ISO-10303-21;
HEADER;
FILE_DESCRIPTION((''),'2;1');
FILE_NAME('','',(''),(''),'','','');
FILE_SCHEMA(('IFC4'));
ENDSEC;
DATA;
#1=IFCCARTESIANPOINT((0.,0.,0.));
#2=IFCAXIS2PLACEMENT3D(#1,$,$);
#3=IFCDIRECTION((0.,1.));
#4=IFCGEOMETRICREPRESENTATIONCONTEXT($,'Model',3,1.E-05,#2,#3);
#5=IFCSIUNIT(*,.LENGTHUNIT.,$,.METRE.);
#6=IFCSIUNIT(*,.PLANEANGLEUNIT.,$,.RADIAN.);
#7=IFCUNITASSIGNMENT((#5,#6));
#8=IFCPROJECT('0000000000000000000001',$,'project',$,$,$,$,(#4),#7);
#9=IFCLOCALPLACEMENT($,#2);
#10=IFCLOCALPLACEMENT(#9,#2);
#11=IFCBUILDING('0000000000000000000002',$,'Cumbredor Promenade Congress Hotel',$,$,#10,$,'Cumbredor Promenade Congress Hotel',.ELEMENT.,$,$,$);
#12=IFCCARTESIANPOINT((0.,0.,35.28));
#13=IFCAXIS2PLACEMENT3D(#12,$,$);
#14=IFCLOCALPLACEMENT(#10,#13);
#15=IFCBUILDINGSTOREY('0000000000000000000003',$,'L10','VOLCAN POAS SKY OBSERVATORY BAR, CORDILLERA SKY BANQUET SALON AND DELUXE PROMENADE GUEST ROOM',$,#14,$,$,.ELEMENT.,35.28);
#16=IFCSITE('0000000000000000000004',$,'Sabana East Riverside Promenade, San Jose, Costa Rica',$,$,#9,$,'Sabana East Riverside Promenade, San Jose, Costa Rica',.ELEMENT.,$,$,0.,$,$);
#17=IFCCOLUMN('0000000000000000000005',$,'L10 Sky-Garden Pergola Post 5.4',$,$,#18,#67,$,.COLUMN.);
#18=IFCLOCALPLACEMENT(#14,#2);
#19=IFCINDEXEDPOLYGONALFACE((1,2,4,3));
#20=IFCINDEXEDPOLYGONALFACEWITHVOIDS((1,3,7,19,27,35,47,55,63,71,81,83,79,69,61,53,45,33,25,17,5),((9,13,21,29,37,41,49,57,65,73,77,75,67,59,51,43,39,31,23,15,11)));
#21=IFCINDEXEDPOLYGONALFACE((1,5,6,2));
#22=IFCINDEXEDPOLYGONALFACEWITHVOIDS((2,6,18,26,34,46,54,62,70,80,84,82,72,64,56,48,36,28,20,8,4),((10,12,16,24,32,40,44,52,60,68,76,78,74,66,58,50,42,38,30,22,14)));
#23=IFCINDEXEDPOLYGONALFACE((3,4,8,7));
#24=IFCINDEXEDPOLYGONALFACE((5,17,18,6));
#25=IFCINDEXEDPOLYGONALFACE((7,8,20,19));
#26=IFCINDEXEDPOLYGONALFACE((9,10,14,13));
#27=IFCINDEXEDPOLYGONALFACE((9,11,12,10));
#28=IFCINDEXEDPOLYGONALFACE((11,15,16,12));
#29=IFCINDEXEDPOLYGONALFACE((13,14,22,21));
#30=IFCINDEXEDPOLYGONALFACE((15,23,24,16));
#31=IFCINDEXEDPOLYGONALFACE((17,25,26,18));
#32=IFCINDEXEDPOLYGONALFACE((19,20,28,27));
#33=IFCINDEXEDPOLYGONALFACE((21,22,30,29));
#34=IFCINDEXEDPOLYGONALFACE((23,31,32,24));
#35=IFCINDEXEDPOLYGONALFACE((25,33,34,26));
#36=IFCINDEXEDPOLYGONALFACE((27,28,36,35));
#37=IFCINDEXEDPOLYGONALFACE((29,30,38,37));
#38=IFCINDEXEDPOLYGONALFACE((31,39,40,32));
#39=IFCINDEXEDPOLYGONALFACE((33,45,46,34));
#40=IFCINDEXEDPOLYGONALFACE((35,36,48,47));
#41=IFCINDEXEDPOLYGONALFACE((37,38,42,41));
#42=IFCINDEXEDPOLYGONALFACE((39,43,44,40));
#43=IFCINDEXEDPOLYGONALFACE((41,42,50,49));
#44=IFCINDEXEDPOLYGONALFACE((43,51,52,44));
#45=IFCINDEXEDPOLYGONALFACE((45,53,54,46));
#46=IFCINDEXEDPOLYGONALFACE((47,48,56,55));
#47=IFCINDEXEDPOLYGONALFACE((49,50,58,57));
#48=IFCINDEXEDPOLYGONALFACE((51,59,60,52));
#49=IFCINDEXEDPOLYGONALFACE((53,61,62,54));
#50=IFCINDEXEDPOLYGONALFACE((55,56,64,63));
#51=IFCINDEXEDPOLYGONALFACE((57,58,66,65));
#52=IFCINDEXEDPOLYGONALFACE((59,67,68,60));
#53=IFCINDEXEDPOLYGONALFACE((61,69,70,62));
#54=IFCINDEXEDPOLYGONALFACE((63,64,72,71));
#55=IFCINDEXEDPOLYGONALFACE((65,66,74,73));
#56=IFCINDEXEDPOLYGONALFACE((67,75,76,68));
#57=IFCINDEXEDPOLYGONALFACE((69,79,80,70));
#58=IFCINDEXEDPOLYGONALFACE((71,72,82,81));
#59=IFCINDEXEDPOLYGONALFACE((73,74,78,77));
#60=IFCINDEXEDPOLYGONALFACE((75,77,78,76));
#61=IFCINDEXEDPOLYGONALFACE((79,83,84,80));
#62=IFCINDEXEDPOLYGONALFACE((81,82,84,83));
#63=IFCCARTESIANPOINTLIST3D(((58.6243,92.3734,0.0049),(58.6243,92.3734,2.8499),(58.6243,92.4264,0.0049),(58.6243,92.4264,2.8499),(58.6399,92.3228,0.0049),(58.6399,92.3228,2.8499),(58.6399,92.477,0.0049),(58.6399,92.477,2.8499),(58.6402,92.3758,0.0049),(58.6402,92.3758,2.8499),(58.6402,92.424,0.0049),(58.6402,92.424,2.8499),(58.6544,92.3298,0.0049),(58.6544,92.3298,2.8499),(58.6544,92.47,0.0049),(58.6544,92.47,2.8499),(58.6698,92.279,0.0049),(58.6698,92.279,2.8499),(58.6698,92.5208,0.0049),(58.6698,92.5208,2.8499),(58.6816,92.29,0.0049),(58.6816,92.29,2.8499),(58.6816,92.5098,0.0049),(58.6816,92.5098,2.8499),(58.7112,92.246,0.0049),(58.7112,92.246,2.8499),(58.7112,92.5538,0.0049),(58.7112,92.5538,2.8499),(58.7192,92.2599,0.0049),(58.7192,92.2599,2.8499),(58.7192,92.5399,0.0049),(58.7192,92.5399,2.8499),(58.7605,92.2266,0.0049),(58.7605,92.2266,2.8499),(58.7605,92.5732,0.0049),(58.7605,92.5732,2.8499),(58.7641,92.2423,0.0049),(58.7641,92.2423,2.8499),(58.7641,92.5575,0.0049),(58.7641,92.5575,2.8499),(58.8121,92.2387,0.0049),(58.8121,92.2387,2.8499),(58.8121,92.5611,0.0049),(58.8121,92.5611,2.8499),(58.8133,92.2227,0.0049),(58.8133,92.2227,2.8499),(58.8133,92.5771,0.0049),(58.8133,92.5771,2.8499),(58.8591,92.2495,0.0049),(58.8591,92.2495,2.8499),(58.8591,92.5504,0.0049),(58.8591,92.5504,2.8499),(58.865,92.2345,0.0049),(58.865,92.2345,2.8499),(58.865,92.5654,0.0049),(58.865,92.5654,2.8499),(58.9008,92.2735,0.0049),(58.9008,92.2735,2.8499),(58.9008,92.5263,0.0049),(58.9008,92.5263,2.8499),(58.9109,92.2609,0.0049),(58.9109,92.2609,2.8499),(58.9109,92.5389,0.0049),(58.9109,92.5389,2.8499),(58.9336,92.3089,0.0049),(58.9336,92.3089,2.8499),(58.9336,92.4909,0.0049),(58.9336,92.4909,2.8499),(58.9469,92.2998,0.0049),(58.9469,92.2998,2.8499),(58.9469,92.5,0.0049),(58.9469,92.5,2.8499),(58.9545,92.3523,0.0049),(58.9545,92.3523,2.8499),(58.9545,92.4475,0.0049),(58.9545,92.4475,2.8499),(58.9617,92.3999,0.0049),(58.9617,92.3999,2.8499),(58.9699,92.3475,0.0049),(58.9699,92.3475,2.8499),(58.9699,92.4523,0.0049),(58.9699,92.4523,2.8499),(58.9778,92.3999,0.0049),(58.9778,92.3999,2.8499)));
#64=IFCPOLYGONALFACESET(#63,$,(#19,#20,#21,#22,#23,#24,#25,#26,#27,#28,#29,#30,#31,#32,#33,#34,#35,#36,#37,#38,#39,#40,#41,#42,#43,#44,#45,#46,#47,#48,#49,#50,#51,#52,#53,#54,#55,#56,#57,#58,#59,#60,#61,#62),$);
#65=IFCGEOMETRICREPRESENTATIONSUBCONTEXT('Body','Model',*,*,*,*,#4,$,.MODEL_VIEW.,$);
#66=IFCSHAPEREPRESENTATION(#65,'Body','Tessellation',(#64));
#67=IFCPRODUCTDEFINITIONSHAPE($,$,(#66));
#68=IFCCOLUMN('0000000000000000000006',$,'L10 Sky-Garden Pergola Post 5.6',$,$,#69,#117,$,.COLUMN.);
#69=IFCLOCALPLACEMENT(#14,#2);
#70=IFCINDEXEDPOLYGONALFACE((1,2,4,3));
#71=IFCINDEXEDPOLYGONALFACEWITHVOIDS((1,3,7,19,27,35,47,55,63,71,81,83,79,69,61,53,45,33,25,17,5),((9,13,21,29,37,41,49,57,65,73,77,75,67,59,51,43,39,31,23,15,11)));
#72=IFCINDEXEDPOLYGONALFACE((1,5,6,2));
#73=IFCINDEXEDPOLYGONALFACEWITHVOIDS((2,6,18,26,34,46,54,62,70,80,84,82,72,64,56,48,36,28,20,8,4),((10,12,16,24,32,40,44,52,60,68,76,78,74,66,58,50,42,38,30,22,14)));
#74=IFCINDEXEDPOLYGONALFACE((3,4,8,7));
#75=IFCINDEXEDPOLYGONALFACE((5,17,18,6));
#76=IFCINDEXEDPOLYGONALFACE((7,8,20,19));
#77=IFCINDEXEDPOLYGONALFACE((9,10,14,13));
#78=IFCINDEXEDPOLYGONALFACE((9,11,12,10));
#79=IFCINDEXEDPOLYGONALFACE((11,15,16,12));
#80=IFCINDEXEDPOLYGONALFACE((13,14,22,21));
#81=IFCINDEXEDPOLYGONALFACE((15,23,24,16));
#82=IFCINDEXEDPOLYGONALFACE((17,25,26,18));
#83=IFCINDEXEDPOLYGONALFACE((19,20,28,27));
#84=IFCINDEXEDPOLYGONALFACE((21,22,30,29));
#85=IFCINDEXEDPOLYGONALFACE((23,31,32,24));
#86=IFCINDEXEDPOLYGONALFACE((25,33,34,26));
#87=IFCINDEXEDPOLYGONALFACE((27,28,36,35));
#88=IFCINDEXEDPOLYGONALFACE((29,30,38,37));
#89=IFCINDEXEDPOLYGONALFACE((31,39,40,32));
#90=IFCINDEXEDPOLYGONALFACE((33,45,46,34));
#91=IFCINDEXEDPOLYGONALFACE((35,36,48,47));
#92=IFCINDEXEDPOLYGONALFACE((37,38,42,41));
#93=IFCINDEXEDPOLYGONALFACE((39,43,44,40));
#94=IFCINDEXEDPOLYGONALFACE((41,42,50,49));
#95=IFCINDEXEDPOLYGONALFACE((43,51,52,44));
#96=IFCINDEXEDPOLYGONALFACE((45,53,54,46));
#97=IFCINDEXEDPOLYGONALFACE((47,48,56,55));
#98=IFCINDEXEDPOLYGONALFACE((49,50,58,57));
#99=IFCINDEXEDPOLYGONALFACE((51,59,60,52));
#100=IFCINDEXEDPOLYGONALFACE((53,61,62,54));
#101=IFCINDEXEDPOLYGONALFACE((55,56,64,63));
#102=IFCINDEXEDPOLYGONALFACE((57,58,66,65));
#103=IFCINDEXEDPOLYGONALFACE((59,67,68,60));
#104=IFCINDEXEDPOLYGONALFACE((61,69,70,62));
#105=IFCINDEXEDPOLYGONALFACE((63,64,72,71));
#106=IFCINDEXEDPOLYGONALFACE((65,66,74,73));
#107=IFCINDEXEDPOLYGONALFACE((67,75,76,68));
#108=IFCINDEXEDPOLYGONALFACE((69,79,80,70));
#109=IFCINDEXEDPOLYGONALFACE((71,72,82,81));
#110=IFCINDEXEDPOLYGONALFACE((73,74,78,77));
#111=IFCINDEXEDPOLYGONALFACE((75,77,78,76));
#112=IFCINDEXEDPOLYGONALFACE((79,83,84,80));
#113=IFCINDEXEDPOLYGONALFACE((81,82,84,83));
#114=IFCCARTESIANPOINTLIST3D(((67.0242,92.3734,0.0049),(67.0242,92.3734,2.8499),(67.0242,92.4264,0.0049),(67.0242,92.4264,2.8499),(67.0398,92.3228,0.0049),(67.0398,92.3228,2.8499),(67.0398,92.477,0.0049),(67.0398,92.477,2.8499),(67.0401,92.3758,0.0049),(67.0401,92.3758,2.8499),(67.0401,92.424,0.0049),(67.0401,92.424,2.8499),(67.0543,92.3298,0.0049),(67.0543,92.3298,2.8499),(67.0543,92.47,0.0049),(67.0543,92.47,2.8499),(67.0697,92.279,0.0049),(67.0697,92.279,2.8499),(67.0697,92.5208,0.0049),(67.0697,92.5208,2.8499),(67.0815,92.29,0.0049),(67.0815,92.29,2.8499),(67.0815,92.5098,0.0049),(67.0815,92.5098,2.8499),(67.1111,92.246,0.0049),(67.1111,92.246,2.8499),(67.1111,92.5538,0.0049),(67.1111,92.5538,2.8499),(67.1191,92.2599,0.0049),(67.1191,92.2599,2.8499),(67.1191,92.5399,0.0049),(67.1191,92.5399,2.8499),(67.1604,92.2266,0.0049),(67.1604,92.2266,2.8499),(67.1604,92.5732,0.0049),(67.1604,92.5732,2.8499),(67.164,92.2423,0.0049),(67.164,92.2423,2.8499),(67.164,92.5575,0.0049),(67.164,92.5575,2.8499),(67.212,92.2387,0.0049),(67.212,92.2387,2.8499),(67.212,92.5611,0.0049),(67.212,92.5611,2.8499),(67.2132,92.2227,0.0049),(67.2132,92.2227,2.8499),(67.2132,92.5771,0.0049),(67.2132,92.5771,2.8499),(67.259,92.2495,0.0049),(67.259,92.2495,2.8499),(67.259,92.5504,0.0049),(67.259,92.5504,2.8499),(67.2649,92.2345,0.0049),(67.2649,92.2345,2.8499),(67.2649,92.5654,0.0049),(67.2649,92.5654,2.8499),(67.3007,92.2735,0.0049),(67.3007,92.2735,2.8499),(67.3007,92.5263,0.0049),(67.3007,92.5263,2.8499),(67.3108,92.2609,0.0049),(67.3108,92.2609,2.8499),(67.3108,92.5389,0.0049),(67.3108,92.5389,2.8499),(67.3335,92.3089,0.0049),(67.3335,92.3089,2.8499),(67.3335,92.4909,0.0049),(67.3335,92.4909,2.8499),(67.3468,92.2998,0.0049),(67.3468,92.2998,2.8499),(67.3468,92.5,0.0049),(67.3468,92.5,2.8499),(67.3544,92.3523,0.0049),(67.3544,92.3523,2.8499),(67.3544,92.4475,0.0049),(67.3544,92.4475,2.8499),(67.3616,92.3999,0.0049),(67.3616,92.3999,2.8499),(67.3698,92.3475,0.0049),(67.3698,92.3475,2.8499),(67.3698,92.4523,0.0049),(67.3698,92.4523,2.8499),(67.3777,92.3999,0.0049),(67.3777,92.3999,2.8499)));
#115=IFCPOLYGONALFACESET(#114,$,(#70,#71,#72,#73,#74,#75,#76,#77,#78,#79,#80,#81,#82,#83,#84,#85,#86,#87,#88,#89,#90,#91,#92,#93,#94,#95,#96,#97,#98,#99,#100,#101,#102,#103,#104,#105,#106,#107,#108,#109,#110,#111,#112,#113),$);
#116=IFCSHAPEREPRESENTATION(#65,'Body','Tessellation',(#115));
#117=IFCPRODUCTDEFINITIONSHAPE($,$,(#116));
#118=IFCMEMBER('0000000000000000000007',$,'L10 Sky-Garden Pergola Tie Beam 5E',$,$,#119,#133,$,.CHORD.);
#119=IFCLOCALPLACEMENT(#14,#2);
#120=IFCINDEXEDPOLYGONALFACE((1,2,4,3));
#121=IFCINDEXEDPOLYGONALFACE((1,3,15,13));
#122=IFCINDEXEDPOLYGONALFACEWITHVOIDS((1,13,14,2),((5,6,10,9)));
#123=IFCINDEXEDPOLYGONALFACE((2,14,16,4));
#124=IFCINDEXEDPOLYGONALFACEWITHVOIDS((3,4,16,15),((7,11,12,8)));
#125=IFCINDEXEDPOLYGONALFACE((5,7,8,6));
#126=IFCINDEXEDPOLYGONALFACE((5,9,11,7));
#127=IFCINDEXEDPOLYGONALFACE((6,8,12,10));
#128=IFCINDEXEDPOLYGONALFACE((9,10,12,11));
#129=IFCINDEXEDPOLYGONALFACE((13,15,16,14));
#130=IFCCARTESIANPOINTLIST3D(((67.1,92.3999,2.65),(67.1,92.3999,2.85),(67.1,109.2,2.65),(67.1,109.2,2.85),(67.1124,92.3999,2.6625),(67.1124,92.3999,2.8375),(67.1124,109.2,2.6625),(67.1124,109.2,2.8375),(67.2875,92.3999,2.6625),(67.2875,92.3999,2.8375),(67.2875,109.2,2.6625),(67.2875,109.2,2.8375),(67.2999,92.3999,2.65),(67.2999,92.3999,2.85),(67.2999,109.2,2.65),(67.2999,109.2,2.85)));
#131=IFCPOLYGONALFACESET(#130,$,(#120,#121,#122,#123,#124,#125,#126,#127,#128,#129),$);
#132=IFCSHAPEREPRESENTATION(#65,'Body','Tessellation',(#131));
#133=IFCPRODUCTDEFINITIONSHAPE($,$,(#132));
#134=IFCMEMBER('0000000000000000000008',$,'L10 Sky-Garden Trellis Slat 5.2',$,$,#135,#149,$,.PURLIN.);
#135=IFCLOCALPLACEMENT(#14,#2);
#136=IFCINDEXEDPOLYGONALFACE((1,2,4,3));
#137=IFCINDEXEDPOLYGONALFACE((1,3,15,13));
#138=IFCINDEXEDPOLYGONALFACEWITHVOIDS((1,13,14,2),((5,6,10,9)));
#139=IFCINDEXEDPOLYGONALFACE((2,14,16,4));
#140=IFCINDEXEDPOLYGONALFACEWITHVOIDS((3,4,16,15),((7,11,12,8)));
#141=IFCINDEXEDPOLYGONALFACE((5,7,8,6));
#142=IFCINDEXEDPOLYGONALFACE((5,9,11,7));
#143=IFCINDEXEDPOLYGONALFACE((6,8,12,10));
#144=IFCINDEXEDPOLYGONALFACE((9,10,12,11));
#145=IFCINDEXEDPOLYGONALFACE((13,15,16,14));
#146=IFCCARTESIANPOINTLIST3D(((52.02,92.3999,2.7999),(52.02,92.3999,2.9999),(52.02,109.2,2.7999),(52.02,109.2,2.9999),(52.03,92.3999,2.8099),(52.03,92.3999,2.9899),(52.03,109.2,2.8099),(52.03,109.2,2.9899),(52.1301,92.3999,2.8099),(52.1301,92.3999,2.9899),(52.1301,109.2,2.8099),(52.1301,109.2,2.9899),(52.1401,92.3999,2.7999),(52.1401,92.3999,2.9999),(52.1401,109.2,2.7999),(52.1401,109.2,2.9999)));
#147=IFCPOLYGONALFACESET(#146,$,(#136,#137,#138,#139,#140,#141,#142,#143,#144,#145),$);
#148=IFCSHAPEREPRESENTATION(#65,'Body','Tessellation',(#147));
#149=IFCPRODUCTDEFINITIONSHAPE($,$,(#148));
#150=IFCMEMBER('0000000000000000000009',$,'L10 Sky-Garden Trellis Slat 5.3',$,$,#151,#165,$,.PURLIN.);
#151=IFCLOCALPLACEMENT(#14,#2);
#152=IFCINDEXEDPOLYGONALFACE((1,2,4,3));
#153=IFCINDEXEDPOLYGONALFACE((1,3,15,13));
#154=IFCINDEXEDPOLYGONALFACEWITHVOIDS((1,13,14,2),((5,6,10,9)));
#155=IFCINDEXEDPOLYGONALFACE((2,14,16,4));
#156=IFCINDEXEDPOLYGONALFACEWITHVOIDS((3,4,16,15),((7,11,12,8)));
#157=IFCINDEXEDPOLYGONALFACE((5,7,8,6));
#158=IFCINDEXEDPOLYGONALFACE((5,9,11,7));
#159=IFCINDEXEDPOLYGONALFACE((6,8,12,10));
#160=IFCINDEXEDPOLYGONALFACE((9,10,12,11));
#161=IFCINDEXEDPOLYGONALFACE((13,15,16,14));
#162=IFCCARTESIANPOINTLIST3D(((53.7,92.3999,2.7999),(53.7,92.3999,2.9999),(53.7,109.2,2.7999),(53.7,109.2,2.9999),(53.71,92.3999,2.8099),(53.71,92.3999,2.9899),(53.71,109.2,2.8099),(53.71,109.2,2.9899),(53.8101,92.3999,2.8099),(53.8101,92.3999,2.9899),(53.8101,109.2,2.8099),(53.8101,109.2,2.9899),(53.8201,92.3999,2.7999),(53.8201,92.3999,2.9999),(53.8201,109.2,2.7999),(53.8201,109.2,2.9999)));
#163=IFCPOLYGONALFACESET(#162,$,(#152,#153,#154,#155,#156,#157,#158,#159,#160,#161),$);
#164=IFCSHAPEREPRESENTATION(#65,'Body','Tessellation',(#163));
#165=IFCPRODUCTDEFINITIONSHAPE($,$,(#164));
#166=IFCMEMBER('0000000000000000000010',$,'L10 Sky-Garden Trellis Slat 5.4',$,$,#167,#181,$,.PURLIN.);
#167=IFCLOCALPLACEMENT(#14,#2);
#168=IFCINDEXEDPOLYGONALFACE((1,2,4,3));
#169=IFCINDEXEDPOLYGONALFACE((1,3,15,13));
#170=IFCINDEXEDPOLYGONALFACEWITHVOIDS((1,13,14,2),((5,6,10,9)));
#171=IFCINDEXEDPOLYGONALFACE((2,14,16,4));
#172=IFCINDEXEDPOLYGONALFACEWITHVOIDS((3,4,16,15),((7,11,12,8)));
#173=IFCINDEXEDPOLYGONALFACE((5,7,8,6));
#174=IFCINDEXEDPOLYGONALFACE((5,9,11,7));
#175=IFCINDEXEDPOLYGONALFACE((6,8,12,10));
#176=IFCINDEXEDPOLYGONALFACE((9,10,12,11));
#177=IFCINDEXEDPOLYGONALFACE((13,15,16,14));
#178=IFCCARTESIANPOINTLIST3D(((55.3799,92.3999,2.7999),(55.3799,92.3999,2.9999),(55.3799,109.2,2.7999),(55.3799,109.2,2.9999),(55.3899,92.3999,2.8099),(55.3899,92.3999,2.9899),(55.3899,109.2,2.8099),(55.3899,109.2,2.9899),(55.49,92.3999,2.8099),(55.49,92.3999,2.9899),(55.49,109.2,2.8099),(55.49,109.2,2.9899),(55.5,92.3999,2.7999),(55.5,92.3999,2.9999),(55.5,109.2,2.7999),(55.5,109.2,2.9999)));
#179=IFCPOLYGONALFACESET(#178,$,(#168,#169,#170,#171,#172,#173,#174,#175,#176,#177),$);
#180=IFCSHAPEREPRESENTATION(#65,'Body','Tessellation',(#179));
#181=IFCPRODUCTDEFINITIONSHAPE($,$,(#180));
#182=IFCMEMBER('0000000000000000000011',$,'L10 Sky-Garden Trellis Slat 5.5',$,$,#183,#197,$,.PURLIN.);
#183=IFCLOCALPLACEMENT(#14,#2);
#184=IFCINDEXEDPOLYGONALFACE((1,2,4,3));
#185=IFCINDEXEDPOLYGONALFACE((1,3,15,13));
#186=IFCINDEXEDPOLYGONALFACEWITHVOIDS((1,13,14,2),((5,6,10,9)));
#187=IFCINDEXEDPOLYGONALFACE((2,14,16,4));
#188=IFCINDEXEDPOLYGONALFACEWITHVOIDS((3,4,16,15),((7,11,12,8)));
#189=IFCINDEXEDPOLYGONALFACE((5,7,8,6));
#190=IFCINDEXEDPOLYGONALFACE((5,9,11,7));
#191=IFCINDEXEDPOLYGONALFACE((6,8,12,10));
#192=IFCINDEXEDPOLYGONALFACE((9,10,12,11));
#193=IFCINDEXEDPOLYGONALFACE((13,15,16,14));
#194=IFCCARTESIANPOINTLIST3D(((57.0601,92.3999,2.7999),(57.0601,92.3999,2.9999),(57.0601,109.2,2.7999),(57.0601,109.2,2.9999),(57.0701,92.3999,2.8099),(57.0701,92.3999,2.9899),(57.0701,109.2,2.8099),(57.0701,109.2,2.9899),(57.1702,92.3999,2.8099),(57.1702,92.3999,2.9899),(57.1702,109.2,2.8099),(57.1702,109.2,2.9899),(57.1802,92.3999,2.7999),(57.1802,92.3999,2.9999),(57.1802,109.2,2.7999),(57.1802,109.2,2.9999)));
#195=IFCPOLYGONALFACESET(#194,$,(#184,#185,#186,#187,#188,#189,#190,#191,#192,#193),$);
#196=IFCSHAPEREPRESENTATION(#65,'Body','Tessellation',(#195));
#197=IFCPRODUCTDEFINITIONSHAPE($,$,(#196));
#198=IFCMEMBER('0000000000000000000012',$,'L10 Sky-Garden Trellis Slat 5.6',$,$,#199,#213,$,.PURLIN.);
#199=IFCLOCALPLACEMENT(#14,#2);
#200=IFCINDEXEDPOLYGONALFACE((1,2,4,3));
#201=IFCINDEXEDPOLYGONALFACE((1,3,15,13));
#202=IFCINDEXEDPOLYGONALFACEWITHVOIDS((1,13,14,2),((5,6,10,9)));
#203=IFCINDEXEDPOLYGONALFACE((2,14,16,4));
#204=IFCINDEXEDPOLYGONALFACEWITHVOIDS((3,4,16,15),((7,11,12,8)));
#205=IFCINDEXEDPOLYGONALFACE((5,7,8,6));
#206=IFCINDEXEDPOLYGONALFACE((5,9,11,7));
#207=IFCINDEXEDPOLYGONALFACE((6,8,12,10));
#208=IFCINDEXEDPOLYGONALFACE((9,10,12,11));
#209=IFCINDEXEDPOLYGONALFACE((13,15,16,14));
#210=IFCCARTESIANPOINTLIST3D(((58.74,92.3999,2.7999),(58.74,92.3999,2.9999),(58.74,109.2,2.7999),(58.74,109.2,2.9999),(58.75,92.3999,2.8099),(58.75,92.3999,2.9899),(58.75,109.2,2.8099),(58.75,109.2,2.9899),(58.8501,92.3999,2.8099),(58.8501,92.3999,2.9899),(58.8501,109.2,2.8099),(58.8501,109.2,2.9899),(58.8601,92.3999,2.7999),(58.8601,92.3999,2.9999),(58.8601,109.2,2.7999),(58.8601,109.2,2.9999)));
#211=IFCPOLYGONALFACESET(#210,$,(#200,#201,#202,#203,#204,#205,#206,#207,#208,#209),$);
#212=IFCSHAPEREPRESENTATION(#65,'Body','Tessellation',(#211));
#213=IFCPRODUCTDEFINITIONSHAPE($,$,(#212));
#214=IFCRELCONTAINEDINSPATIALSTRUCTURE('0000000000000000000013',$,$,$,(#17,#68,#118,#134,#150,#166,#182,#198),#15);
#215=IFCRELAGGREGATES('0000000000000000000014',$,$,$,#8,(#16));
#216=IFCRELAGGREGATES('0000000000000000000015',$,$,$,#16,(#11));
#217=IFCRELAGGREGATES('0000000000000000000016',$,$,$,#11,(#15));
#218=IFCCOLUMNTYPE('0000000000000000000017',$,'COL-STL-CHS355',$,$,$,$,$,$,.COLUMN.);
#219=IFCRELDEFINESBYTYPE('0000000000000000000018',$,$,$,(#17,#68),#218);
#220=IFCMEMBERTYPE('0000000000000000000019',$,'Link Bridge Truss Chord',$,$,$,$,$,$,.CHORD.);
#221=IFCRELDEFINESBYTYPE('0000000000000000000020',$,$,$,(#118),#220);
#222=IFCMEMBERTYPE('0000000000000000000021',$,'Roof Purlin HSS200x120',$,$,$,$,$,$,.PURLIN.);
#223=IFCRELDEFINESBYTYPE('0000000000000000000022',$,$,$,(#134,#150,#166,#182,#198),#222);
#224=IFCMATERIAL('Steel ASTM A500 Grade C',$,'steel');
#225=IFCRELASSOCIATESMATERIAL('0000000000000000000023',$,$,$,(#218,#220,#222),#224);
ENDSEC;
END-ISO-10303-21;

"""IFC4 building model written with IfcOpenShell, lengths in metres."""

from ifc_helpers import new_model, si_unit, direction, frame, origin, origin_2d, place, context, subcontext, project, spatial, hollow_rectangle, hollow_circle, extrude, material, material_profile, profile_set, type_object, element, save


model = new_model("IFC4")

# Units and contexts
model_context = context("Model", 3, precision=1e-05, world=origin(), true_north=direction((0.0, 1.0)))
body_context = subcontext(model_context, "Body", "Model", "MODEL_VIEW")
ifc_project = project(units=[si_unit("LENGTHUNIT", "METRE"), si_unit("PLANEANGLEUNIT", "RADIAN")], contexts=[model_context])

# Site, building, storey
site_placement = place(None, origin())
site = spatial("IfcSite", under=ifc_project, at=site_placement, Name="Sabana East Riverside Promenade, San Jose, Costa Rica", LongName="Sabana East Riverside Promenade, San Jose, Costa Rica", CompositionType="ELEMENT", RefElevation=0.0)
building_placement = place(site_placement, origin())
building = spatial("IfcBuilding", under=site, at=building_placement, Name="Cumbredor Promenade Congress Hotel", LongName="Cumbredor Promenade Congress Hotel", CompositionType="ELEMENT")
storey_placement = place(building_placement, frame((0.0, 0.0, 35.28)))
storey = spatial("IfcBuildingStorey", under=building, at=storey_placement, Name="L10", Description="VOLCAN POAS SKY OBSERVATORY BAR, CORDILLERA SKY BANQUET SALON AND DELUXE PROMENADE GUEST ROOM", CompositionType="ELEMENT", Elevation=35.28)

# Columns
ifc_material_1 = material(Name="Steel ASTM A500 Grade C", Category="steel")
ifc_material_profile_1 = material_profile(ifc_material_1, hollow_circle(Radius=0.1777, WallThickness=0.0161, at=origin_2d()), Name="CHS 355.6x16")
ifc_profile_set_1 = profile_set([ifc_material_profile_1], Name="Steel ASTM A500 Grade C")
column_type = type_object("IfcColumnType", Name="COL-STL-CHS355", PredefinedType="COLUMN", material=ifc_profile_set_1)
for number, where, z_axis, x_axis, name in (
    (1, (58.8, 92.3999, 0.0049), (0.0, 0.0, 1.0), (1.0, 0.0, 0.0), "L10 Sky-Garden Pergola Post 5.4"),
    (2, (67.2, 92.3999, 0.0049), (0.0, 0.0, 1.0), (1.0, 0.0, 0.0), "L10 Sky-Garden Pergola Post 5.6"),
):
    element("IfcColumn", number, at=place(storey_placement, frame(where, z_axis=z_axis, x_axis=x_axis)), inside=storey, type_object=column_type, Name=name, PredefinedType="COLUMN", context=body_context, shape_type="SweptSolid", body=[
        extrude(hollow_circle(Radius=0.1777, WallThickness=0.0161, at=origin_2d()), origin(), (0.0, 0.0, 1.0), 2.845),
    ])

# Members
ifc_material_profile_2 = material_profile(ifc_material_1, hollow_rectangle(XDim=0.2, YDim=0.2, WallThickness=0.0125, at=origin_2d()), Name="HSS 200x200x12.5")
ifc_profile_set_2 = profile_set([ifc_material_profile_2], Name="Steel ASTM A500 Grade C")
member_type_1 = type_object("IfcMemberType", Name="Link Bridge Truss Chord", PredefinedType="CHORD", material=ifc_profile_set_2)
member_1_placement = place(storey_placement, frame((67.2, 92.3999, 2.75), z_axis=(0.0, 1.0, 0.0), x_axis=(-1.0, 0.0, 0.0)))
element("IfcMember", 3, at=member_1_placement, inside=storey, type_object=member_type_1, Name="L10 Sky-Garden Pergola Tie Beam 5E", PredefinedType="CHORD", context=body_context, shape_type="SweptSolid", body=[
    extrude(hollow_rectangle(XDim=0.2, YDim=0.2, WallThickness=0.0125, at=origin_2d()), origin(), (0.0, 0.0, 1.0), 16.8),
])
ifc_material_profile_3 = material_profile(ifc_material_1, hollow_rectangle(XDim=0.1201, YDim=0.2, WallThickness=0.01, at=origin_2d()), Name="HSS 200x120x10")
ifc_profile_set_3 = profile_set([ifc_material_profile_3], Name="Steel ASTM A500 Grade C")
member_type_2 = type_object("IfcMemberType", Name="Roof Purlin HSS200x120", PredefinedType="PURLIN", material=ifc_profile_set_3)
for number, where, z_axis, x_axis, name in (
    (4, (52.0801, 92.3999, 2.8999), (0.0, 1.0, 0.0), (-1.0, 0.0, 0.0), "L10 Sky-Garden Trellis Slat 5.2"),
    (5, (53.76, 92.3999, 2.8999), (0.0, 1.0, 0.0), (-1.0, 0.0, 0.0), "L10 Sky-Garden Trellis Slat 5.3"),
    (6, (55.4399, 92.3999, 2.8999), (0.0, 1.0, 0.0), (-1.0, 0.0, 0.0), "L10 Sky-Garden Trellis Slat 5.4"),
    (7, (57.1201, 92.3999, 2.8999), (0.0, 1.0, 0.0), (-1.0, 0.0, 0.0), "L10 Sky-Garden Trellis Slat 5.5"),
    (8, (58.8, 92.3999, 2.8999), (0.0, 1.0, 0.0), (-1.0, 0.0, 0.0), "L10 Sky-Garden Trellis Slat 5.6"),
):
    element("IfcMember", number, at=place(storey_placement, frame(where, z_axis=z_axis, x_axis=x_axis)), inside=storey, type_object=member_type_2, Name=name, PredefinedType="PURLIN", context=body_context, shape_type="SweptSolid", body=[
        extrude(hollow_rectangle(XDim=0.1201, YDim=0.2, WallThickness=0.01, at=origin_2d()), origin(), (0.0, 0.0, 1.0), 16.8),
    ])

save(model, "model.ifc")
